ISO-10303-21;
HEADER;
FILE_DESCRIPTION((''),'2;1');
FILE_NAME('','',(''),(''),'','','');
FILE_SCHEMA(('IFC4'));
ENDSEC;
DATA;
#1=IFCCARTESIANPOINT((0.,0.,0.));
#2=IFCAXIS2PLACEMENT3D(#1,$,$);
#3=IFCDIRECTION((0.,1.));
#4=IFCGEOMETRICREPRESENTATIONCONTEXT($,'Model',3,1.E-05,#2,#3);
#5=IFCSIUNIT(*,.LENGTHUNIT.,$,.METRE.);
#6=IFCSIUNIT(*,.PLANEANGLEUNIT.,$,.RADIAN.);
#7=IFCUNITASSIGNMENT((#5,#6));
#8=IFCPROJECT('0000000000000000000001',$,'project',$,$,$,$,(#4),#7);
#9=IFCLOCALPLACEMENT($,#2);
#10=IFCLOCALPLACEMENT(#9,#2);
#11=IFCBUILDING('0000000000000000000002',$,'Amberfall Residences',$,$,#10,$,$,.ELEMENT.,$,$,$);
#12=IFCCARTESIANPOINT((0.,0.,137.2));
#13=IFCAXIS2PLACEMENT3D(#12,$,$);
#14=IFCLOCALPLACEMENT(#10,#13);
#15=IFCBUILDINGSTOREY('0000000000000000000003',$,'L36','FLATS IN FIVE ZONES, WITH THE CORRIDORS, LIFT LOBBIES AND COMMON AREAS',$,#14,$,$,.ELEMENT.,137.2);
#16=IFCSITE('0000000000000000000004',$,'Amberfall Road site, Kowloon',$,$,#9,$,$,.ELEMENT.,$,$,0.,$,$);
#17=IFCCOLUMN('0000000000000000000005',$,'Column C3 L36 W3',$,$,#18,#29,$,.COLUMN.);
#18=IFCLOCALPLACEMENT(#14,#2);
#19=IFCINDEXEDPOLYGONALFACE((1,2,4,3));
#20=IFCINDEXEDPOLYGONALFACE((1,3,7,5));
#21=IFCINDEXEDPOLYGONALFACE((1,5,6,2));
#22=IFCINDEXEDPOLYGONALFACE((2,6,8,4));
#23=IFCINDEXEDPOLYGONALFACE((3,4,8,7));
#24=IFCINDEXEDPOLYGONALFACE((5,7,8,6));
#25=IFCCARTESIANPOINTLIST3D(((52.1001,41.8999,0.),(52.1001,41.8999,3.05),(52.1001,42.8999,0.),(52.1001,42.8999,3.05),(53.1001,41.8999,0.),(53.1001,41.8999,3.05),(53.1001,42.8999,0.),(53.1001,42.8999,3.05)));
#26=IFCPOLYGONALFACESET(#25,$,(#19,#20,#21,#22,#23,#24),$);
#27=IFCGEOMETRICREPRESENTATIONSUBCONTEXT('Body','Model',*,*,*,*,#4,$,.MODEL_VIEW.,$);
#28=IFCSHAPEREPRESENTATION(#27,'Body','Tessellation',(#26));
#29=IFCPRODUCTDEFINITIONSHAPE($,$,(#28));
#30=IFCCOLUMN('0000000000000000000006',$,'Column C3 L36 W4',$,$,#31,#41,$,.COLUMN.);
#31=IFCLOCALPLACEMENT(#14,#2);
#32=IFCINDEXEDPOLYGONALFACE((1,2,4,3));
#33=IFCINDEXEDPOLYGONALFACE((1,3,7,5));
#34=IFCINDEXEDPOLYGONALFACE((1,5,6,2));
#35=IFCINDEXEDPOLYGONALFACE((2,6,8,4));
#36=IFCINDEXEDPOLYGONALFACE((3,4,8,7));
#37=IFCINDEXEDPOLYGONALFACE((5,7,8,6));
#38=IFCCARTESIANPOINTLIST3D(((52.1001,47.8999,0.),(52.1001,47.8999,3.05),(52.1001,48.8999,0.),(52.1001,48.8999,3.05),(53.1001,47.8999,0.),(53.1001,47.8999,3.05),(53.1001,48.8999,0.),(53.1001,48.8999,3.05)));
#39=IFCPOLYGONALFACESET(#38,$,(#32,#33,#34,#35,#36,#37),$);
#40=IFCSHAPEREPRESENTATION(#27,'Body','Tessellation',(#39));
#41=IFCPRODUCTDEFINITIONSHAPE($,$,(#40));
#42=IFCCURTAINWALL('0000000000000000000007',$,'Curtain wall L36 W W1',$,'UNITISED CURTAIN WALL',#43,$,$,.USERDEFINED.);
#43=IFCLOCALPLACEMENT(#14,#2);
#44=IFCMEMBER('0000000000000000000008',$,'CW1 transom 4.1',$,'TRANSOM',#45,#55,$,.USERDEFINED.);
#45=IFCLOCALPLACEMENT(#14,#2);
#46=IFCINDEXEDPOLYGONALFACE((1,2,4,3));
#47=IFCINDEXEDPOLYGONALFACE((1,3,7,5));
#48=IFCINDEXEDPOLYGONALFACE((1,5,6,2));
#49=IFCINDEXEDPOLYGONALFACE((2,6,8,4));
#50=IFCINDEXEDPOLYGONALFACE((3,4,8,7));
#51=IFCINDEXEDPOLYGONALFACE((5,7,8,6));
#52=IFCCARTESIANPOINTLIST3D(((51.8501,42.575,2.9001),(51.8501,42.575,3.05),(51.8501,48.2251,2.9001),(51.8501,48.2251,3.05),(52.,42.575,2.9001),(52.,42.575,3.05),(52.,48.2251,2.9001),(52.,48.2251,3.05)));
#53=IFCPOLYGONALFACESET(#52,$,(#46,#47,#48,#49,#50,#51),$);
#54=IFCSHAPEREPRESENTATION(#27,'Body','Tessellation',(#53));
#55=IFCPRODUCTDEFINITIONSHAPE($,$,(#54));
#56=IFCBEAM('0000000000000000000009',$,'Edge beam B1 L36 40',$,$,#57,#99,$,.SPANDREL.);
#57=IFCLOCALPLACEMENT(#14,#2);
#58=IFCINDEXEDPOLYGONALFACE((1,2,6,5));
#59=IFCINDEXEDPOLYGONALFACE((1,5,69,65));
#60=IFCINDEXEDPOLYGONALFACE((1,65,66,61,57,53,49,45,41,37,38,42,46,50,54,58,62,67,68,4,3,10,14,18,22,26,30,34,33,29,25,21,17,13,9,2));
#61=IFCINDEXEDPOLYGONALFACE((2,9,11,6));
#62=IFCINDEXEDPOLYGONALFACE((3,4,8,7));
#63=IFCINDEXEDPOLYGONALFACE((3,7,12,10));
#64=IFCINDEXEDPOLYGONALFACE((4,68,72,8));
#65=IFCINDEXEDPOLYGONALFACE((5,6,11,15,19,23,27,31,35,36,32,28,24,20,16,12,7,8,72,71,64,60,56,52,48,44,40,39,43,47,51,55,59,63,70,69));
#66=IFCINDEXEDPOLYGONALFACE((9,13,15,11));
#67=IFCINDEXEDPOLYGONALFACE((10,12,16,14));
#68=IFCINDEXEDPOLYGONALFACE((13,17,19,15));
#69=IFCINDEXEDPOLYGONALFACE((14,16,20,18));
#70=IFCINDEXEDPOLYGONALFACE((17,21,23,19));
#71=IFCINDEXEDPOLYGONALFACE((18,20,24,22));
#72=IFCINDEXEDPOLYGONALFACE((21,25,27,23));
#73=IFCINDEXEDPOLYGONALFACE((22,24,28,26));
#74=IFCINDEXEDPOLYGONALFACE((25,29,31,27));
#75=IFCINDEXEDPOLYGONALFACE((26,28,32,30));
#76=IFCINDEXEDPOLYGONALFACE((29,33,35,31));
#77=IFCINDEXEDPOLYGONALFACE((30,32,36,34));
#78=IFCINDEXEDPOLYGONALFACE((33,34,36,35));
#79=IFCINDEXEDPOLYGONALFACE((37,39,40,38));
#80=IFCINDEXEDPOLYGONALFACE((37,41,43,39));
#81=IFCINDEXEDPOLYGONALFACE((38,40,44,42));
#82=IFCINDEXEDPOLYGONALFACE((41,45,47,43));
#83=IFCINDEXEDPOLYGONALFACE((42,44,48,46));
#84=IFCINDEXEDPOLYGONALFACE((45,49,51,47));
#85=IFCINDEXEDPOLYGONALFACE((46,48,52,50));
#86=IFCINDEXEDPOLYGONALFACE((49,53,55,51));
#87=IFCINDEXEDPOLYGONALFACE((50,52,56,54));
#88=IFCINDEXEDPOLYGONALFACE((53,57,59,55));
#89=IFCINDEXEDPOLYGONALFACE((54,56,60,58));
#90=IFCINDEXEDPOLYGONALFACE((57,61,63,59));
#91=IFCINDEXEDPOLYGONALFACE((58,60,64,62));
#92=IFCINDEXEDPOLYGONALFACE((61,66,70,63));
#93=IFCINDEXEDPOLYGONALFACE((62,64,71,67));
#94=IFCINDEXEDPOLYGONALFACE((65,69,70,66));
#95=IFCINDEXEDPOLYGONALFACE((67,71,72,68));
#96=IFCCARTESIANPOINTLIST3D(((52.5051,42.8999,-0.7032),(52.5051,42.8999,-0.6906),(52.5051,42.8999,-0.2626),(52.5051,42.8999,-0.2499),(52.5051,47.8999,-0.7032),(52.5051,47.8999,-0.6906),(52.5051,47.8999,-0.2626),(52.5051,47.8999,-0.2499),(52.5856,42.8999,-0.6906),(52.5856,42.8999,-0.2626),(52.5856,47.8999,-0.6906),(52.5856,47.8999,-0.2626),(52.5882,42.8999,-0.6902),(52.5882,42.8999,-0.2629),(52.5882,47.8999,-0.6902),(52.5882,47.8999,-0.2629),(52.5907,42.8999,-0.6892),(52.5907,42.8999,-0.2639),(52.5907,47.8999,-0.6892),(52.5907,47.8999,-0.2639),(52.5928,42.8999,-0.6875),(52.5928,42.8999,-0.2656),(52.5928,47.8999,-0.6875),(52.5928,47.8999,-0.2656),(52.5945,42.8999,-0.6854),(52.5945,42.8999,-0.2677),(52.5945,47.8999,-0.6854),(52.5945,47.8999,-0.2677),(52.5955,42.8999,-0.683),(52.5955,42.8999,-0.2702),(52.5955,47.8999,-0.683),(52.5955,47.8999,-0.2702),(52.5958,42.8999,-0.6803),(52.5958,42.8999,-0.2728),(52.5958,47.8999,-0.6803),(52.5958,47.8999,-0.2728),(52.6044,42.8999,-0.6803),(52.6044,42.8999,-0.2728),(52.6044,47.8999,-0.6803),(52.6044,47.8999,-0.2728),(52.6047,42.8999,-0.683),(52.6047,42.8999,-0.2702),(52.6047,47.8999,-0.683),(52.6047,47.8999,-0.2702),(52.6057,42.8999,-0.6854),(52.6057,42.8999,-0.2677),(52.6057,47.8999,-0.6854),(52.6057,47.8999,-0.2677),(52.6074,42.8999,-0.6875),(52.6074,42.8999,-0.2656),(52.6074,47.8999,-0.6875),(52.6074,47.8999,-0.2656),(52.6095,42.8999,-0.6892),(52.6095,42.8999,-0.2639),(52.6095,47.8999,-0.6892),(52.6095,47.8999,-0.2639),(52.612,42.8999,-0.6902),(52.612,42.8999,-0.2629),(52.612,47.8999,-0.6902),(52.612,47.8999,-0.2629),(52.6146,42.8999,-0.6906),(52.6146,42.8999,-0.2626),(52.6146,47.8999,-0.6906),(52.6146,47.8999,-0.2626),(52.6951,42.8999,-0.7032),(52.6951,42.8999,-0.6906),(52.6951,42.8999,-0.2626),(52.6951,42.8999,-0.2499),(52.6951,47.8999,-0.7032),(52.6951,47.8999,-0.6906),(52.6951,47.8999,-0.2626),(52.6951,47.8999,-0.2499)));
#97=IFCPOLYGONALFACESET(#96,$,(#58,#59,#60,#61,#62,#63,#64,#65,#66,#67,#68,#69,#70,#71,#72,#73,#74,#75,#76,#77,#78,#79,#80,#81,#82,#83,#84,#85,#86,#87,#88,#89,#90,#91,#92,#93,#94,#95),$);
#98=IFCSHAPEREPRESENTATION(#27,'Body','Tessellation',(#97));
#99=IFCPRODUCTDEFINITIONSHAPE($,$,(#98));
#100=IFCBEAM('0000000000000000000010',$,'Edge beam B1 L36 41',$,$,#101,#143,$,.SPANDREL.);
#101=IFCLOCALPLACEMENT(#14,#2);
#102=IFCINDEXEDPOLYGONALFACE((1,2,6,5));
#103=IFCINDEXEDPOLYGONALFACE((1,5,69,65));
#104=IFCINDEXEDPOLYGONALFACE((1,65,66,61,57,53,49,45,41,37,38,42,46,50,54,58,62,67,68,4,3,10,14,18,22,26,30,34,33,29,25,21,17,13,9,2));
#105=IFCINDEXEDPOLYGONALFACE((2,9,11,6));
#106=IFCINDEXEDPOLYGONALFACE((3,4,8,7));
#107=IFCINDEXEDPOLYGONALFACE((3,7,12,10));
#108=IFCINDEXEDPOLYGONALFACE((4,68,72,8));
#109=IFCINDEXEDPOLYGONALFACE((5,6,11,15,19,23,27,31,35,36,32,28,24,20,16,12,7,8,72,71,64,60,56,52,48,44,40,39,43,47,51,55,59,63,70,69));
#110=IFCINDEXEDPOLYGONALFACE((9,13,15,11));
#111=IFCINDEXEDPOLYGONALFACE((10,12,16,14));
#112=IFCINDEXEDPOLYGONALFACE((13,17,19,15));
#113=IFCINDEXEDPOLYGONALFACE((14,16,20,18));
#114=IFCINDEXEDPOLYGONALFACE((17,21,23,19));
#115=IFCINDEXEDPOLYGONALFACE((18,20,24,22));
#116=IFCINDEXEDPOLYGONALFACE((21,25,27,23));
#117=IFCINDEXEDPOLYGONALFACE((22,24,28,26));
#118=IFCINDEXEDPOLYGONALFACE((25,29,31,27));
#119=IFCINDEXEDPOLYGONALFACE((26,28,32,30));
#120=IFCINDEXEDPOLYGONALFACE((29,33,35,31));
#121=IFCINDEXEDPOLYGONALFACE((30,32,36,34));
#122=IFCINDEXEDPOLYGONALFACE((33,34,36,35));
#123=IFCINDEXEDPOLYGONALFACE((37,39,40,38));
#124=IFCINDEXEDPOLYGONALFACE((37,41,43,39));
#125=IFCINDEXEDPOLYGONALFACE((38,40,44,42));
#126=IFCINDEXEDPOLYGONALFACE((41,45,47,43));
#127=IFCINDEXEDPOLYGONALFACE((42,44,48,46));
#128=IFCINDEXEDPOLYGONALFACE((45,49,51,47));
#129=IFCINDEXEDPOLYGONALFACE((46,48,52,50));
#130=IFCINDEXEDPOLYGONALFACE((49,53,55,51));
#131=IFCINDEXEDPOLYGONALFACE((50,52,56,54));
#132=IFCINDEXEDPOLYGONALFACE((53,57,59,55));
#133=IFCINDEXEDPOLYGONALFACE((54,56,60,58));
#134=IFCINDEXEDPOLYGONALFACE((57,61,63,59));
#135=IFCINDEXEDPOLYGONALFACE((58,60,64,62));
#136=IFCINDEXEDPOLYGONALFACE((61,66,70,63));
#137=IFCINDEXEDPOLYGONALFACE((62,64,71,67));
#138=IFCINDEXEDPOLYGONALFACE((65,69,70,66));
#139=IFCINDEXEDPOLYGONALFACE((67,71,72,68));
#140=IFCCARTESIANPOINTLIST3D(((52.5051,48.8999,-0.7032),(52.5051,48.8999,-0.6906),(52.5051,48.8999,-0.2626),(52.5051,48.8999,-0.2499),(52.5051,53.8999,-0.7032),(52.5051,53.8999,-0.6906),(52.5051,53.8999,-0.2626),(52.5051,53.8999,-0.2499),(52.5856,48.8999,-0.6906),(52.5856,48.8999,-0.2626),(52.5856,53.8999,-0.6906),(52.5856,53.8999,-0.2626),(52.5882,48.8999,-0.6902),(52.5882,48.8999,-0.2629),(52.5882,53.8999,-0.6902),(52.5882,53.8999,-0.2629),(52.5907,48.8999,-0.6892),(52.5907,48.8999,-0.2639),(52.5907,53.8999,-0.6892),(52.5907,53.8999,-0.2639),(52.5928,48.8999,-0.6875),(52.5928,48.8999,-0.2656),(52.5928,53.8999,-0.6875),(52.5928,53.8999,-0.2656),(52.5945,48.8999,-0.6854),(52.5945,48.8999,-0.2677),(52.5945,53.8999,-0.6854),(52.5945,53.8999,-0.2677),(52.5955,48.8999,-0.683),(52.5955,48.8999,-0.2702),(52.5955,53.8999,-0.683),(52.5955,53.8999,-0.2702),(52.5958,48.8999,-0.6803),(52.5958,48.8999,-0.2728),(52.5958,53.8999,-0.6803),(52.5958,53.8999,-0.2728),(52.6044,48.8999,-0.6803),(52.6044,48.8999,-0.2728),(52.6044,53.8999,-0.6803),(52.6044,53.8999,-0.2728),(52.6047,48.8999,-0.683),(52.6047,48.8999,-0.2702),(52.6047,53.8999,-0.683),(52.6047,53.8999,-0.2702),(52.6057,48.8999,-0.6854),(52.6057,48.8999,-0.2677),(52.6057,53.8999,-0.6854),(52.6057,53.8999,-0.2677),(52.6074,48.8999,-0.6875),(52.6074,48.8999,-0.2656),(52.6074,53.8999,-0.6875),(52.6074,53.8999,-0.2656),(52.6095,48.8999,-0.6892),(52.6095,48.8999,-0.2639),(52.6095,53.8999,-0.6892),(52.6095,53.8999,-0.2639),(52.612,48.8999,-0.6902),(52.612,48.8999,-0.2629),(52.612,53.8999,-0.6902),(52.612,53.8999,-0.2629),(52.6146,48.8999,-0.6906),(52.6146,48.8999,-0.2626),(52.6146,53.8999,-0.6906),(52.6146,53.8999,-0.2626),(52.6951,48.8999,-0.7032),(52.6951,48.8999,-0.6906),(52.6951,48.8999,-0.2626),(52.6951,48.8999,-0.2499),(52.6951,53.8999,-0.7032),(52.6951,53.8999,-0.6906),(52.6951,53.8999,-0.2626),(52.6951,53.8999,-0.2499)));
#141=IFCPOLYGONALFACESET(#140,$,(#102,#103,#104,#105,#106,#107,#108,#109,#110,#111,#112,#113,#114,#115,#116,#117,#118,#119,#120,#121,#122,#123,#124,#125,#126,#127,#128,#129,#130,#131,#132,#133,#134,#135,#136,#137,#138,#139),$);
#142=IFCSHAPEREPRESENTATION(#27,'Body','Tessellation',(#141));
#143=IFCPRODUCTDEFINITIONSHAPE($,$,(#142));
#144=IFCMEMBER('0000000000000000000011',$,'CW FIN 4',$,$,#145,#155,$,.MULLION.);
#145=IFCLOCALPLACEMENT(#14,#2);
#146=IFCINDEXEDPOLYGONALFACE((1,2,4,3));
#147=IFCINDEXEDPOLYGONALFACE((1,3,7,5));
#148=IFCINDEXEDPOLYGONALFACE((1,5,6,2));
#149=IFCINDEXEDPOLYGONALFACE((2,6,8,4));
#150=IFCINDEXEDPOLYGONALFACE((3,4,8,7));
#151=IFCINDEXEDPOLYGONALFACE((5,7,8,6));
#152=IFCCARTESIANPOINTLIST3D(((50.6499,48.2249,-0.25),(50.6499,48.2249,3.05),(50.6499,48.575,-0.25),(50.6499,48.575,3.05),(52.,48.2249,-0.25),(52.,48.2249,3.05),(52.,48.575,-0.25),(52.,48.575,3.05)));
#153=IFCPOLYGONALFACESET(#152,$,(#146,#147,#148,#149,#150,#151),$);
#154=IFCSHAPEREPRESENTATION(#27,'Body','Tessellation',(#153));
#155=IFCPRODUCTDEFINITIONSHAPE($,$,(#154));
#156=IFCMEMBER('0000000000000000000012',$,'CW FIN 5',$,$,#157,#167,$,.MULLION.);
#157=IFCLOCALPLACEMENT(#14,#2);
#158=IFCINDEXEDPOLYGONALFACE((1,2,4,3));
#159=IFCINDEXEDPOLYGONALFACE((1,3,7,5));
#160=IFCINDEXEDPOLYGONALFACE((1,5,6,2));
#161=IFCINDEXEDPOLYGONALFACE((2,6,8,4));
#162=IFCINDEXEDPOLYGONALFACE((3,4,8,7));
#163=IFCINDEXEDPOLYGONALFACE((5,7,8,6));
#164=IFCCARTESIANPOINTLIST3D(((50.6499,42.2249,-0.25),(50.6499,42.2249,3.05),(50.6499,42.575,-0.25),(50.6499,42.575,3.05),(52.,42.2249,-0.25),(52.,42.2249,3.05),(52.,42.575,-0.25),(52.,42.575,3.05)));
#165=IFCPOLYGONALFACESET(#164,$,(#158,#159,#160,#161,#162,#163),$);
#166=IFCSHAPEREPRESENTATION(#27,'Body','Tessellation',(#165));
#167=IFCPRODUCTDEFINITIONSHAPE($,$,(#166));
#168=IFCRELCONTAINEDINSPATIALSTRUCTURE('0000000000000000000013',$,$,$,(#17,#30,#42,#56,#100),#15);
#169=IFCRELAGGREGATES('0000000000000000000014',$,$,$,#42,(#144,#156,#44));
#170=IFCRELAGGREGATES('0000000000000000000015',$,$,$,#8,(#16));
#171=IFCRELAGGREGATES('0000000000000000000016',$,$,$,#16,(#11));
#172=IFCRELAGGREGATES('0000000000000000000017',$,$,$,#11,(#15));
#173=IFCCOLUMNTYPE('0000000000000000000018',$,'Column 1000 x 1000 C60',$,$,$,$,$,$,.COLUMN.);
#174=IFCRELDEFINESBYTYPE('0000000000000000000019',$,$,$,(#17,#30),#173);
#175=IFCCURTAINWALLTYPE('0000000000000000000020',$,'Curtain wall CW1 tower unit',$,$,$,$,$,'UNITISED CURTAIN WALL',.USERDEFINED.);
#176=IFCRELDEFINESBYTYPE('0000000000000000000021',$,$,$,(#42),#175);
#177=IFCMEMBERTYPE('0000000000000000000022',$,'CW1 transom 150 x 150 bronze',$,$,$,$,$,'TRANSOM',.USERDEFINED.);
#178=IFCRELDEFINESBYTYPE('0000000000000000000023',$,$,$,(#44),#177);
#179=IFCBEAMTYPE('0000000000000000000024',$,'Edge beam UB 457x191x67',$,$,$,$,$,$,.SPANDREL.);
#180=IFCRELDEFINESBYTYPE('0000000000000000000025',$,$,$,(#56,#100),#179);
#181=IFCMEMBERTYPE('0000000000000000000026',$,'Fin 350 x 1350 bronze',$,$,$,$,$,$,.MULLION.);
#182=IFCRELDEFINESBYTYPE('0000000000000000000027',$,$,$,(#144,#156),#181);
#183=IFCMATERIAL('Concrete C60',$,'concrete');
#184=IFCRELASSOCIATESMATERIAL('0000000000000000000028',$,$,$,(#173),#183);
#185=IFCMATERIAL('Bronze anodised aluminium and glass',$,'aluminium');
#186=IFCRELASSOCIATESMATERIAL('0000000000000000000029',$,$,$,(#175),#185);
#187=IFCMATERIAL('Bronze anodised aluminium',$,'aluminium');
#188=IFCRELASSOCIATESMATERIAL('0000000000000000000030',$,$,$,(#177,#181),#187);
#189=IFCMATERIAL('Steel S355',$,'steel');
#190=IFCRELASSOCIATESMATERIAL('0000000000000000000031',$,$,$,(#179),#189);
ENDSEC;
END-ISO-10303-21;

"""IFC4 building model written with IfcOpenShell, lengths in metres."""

from ifc_helpers import new_model, si_unit, direction, frame, origin, origin_2d, place, context, subcontext, project, spatial, rectangle, i_section, extrude, material, material_profile, profile_set, type_object, element, aggregate, save


model = new_model("IFC4")

# Units and contexts
model_context = context("Model", 3, precision=1e-05, world=origin(), true_north=direction((0.0, 1.0)))
body_context = subcontext(model_context, "Body", "Model", "MODEL_VIEW")
ifc_project = project(units=[si_unit("LENGTHUNIT", "METRE"), si_unit("PLANEANGLEUNIT", "RADIAN")], contexts=[model_context])

# Site, building, storey
site_placement = place(None, origin())
site = spatial("IfcSite", under=ifc_project, at=site_placement, Name="Amberfall Road site, Kowloon", CompositionType="ELEMENT", RefElevation=0.0)
building_placement = place(site_placement, origin())
building = spatial("IfcBuilding", under=site, at=building_placement, Name="Amberfall Residences", CompositionType="ELEMENT")
storey_placement = place(building_placement, frame((0.0, 0.0, 137.2)))
storey = spatial("IfcBuildingStorey", under=building, at=storey_placement, Name="L36", Description="FLATS IN FIVE ZONES, WITH THE CORRIDORS, LIFT LOBBIES AND COMMON AREAS", CompositionType="ELEMENT", Elevation=137.2)

# Columns
ifc_material_1 = material(Name="Concrete C60", Category="concrete")
ifc_material_profile_1 = material_profile(ifc_material_1, rectangle(XDim=1.0, YDim=1.0, at=origin_2d()), Name="Column 1000 x 1000 C60")
ifc_profile_set_1 = profile_set([ifc_material_profile_1], Name="Concrete C60")
column_type = type_object("IfcColumnType", Name="Column 1000 x 1000 C60", PredefinedType="COLUMN", material=ifc_profile_set_1)
for number, where, z_axis, x_axis, name in (
    (1, (52.6001, 42.3999, 0.0), (0.0, 0.0, 1.0), (1.0, 0.0, 0.0), "Column C3 L36 W3"),
    (2, (52.6001, 48.3999, 0.0), (0.0, 0.0, 1.0), (1.0, 0.0, 0.0), "Column C3 L36 W4"),
):
    element("IfcColumn", number, at=place(storey_placement, frame(where, z_axis=z_axis, x_axis=x_axis)), inside=storey, type_object=column_type, Name=name, PredefinedType="COLUMN", context=body_context, shape_type="SweptSolid", body=[
        extrude(rectangle(XDim=1.0, YDim=1.0, at=origin_2d()), origin(), (0.0, 0.0, 1.0), 3.05),
    ])

# Curtain wall, member
ifc_material_2 = material(Name="Bronze anodised aluminium and glass", Category="aluminium")
curtain_wall_type = type_object("IfcCurtainWallType", Name="Curtain wall CW1 tower unit", ElementType="UNITISED CURTAIN WALL", PredefinedType="USERDEFINED", material=ifc_material_2)
curtain_wall_placement = place(storey_placement, origin())
curtain_wall = element("IfcCurtainWall", 3, at=curtain_wall_placement, inside=storey, type_object=curtain_wall_type, Name="Curtain wall L36 W W1", ObjectType="UNITISED CURTAIN WALL", PredefinedType="USERDEFINED")
ifc_material_3 = material(Name="Bronze anodised aluminium", Category="aluminium")
ifc_material_profile_2 = material_profile(ifc_material_3, rectangle(XDim=0.1499, YDim=0.1499, at=origin_2d()), Name="CW1 transom 150 x 150 bronze")
ifc_profile_set_2 = profile_set([ifc_material_profile_2], Name="Bronze anodised aluminium")
member_type_1 = type_object("IfcMemberType", Name="CW1 transom 150 x 150 bronze", ElementType="TRANSOM", PredefinedType="USERDEFINED", material=ifc_profile_set_2)
member_1_placement = place(storey_placement, frame((51.925, 48.2251, 2.9751), z_axis=(0.0, -1.0, 0.0), x_axis=(1.0, 0.0, 0.0)))
member_1 = element("IfcMember", 4, at=member_1_placement, type_object=member_type_1, Name="CW1 transom 4.1", ObjectType="TRANSOM", PredefinedType="USERDEFINED", context=body_context, shape_type="SweptSolid", body=[
    extrude(rectangle(XDim=0.1499, YDim=0.1499, at=origin_2d()), origin(), (0.0, 0.0, 1.0), 5.6501),
])

# Beams
ifc_material_4 = material(Name="Steel S355", Category="steel")
ifc_material_profile_3 = material_profile(ifc_material_4, i_section(OverallWidth=0.1899, OverallDepth=0.4534, WebThickness=0.0085, FlangeThickness=0.0127, FilletRadius=0.0103, at=origin_2d()), Name="UB 457x191x67")
ifc_profile_set_3 = profile_set([ifc_material_profile_3], Name="Steel S355")
beam_type_1 = type_object("IfcBeamType", Name="Edge beam UB 457x191x67", PredefinedType="SPANDREL", material=ifc_profile_set_3)
for number, where, z_axis, x_axis, name in (
    (5, (52.6001, 42.8999, -0.4766), (0.0, 1.0, 0.0), (-1.0, 0.0, 0.0), "Edge beam B1 L36 40"),
    (6, (52.6001, 48.8999, -0.4766), (0.0, 1.0, 0.0), (-1.0, 0.0, 0.0), "Edge beam B1 L36 41"),
):
    element("IfcBeam", number, at=place(storey_placement, frame(where, z_axis=z_axis, x_axis=x_axis)), inside=storey, type_object=beam_type_1, Name=name, PredefinedType="SPANDREL", context=body_context, shape_type="SweptSolid", body=[
        extrude(i_section(OverallWidth=0.1899, OverallDepth=0.4534, WebThickness=0.0085, FlangeThickness=0.0127, FilletRadius=0.0103, at=origin_2d()), origin(), (0.0, 0.0, 1.0), 5.0),
    ])

# Members
ifc_material_profile_4 = material_profile(ifc_material_3, rectangle(XDim=1.3501, YDim=0.3501, at=origin_2d()), Name="Fin 350 x 1350 bronze")
ifc_profile_set_4 = profile_set([ifc_material_profile_4], Name="Bronze anodised aluminium")
member_type_2 = type_object("IfcMemberType", Name="Fin 350 x 1350 bronze", PredefinedType="MULLION", material=ifc_profile_set_4)
member_2_placement = place(storey_placement, frame((51.325, 48.3999, -0.25), z_axis=(0.0, 0.0, 1.0), x_axis=(1.0, 0.0, 0.0)))
member_2 = element("IfcMember", 7, at=member_2_placement, type_object=member_type_2, Name="CW FIN 4", PredefinedType="MULLION", context=body_context, shape_type="SweptSolid", body=[
    extrude(rectangle(XDim=1.3501, YDim=0.3501, at=origin_2d()), origin(), (0.0, 0.0, 1.0), 3.3),
])
member_3_placement = place(storey_placement, frame((51.325, 42.3999, -0.25), z_axis=(0.0, 0.0, 1.0), x_axis=(1.0, 0.0, 0.0)))
member_3 = element("IfcMember", 8, at=member_3_placement, type_object=member_type_2, Name="CW FIN 5", PredefinedType="MULLION", context=body_context, shape_type="SweptSolid", body=[
    extrude(rectangle(XDim=1.3501, YDim=0.3501, at=origin_2d()), origin(), (0.0, 0.0, 1.0), 3.3),
])

aggregate(curtain_wall, [member_2, member_3, member_1])

save(model, "model.ifc")
